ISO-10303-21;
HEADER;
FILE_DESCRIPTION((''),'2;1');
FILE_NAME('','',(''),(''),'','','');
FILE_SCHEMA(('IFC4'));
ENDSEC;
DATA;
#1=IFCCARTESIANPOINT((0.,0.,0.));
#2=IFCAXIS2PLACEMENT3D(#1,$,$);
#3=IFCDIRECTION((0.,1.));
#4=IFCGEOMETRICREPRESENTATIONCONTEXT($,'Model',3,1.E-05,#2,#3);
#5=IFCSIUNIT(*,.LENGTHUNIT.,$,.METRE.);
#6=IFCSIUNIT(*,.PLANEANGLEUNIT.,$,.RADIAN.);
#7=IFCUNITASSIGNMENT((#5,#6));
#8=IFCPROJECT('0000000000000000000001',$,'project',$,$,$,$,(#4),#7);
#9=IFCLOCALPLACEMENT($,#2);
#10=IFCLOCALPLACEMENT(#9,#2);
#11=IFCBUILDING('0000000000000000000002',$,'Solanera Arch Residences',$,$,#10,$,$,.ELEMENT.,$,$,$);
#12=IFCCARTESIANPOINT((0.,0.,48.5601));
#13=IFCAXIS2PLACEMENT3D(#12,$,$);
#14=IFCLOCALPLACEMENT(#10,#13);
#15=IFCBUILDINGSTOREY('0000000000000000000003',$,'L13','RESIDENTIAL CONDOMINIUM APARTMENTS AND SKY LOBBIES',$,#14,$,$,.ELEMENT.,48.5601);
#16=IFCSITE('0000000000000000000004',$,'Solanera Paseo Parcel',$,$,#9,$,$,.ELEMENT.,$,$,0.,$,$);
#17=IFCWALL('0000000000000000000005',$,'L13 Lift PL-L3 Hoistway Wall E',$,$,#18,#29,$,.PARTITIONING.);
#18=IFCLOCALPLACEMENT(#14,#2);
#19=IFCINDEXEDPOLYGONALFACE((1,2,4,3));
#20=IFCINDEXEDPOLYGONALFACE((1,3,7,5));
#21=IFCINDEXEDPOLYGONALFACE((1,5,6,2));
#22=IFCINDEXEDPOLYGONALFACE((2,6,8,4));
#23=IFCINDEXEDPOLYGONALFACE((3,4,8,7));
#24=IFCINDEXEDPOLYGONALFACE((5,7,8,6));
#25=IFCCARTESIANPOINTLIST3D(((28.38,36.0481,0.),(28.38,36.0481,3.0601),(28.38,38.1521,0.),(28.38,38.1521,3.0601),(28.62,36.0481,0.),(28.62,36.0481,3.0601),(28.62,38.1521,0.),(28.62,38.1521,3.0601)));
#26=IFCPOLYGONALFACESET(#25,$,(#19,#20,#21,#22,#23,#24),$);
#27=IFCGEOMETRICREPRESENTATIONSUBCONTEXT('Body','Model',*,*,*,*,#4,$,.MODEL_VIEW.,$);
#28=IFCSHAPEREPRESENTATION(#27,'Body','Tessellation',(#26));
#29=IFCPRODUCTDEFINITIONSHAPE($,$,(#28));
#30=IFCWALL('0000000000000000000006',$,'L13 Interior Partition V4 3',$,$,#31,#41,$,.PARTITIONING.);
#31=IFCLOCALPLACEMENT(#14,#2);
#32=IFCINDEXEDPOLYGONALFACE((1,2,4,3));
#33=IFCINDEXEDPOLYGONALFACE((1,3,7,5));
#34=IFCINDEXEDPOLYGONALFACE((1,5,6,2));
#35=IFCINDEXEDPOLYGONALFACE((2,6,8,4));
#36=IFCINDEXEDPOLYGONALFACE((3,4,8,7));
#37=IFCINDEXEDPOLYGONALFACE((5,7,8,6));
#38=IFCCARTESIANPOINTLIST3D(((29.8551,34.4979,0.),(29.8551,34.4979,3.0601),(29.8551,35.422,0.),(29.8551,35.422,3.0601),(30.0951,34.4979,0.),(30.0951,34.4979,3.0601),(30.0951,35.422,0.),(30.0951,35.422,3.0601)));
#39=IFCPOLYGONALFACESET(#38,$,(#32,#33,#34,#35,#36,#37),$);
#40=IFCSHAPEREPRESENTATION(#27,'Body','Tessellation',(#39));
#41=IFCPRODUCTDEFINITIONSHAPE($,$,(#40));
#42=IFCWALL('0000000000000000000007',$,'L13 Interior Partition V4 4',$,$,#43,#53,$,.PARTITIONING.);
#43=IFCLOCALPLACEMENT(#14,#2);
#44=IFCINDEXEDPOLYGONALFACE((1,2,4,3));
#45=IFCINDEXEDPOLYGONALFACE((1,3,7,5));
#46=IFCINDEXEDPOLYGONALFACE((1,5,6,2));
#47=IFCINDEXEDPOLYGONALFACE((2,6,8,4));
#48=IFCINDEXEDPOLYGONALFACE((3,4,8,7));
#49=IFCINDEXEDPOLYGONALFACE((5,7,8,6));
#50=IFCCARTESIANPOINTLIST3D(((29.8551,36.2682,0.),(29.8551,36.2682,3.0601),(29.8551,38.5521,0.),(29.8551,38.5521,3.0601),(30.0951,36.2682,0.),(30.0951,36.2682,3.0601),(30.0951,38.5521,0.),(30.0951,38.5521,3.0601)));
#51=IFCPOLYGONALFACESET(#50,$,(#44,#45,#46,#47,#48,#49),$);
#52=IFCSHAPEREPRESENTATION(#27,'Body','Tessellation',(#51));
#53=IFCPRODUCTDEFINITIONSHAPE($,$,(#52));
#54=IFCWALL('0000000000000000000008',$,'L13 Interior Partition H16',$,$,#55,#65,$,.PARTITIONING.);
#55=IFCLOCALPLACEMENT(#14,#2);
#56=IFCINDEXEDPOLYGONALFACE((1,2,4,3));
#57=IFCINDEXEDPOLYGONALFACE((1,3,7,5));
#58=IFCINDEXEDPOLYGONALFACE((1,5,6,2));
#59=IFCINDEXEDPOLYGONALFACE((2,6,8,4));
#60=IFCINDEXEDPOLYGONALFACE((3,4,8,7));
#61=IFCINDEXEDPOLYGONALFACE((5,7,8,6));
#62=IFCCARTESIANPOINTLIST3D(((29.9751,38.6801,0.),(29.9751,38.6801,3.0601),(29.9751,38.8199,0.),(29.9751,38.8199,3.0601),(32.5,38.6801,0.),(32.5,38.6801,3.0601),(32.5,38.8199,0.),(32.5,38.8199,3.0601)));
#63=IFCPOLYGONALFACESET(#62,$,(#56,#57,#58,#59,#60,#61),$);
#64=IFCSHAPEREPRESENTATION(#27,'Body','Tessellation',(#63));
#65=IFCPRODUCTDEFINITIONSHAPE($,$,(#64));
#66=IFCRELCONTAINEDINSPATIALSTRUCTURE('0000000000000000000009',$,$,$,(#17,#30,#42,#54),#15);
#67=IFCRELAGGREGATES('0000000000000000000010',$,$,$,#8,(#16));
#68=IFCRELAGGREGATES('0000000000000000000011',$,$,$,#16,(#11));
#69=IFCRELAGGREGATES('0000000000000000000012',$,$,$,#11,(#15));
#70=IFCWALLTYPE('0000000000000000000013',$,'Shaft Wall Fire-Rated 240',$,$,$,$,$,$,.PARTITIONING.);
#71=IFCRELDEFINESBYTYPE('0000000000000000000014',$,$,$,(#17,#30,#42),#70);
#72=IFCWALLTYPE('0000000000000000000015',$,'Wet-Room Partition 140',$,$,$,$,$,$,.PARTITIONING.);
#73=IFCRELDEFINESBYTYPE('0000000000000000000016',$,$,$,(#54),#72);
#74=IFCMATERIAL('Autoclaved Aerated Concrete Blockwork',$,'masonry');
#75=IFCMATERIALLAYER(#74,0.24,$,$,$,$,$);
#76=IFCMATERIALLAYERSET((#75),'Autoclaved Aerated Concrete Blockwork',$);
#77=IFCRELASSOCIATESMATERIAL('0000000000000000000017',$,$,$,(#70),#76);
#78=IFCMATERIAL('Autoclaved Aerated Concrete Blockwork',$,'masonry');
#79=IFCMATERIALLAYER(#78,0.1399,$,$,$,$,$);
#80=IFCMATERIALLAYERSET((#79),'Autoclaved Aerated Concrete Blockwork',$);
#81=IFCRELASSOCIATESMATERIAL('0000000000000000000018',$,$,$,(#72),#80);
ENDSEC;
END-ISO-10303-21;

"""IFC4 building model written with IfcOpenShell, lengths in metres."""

from ifc_helpers import new_model, si_unit, direction, frame, frame_2d, origin, place, context, subcontext, project, spatial, rectangle, extrude, material, layer, layer_set, type_object, element, save


model = new_model("IFC4")

# Units and contexts
model_context = context("Model", 3, precision=1e-05, world=origin(), true_north=direction((0.0, 1.0)))
body_context = subcontext(model_context, "Body", "Model", "MODEL_VIEW")
ifc_project = project(units=[si_unit("LENGTHUNIT", "METRE"), si_unit("PLANEANGLEUNIT", "RADIAN")], contexts=[model_context])

# Site, building, storey
site_placement = place(None, origin())
site = spatial("IfcSite", under=ifc_project, at=site_placement, Name="Solanera Paseo Parcel", CompositionType="ELEMENT", RefElevation=0.0)
building_placement = place(site_placement, origin())
building = spatial("IfcBuilding", under=site, at=building_placement, Name="Solanera Arch Residences", CompositionType="ELEMENT")
storey_placement = place(building_placement, frame((0.0, 0.0, 48.5601)))
storey = spatial("IfcBuildingStorey", under=building, at=storey_placement, Name="L13", Description="RESIDENTIAL CONDOMINIUM APARTMENTS AND SKY LOBBIES", CompositionType="ELEMENT", Elevation=48.5601)

# Wall
ifc_material_1 = material(Name="Autoclaved Aerated Concrete Blockwork", Category="masonry")
ifc_layer_1 = layer(ifc_material_1, 0.24)
ifc_layer_set_1 = layer_set([ifc_layer_1], Name="Autoclaved Aerated Concrete Blockwork")
wall_type_1 = type_object("IfcWallType", Name="Shaft Wall Fire-Rated 240", PredefinedType="PARTITIONING", material=ifc_layer_set_1)
for number, where, z_axis, x_axis, name in (
    (1, (28.5, 36.0481, 0.0), (0.0, 0.0, 1.0), (0.0, 1.0, 0.0), "L13 Lift PL-L3 Hoistway Wall E"),
):
    element("IfcWall", number, at=place(storey_placement, frame(where, z_axis=z_axis, x_axis=x_axis)), inside=storey, type_object=wall_type_1, Name=name, PredefinedType="PARTITIONING", context=body_context, shape_type="SweptSolid", body=[
        extrude(rectangle(XDim=2.104, YDim=0.24, at=frame_2d((1.052, 0.0))), origin(), (0.0, 0.0, 1.0), 3.0601),
    ])

# Walls
wall_1_placement = place(storey_placement, frame((29.9751, 34.498, 0.0), z_axis=(0.0, 0.0, 1.0), x_axis=(0.0, 1.0, 0.0)))
element("IfcWall", 2, at=wall_1_placement, inside=storey, type_object=wall_type_1, Name="L13 Interior Partition V4 3", PredefinedType="PARTITIONING", context=body_context, shape_type="SweptSolid", body=[
    extrude(rectangle(XDim=0.9241, YDim=0.24, at=frame_2d((0.4619, 0.0))), origin(), (0.0, 0.0, 1.0), 3.0601),
])
wall_2_placement = place(storey_placement, frame((29.9751, 36.2681, 0.0), z_axis=(0.0, 0.0, 1.0), x_axis=(0.0, 1.0, 0.0)))
element("IfcWall", 3, at=wall_2_placement, inside=storey, type_object=wall_type_1, Name="L13 Interior Partition V4 4", PredefinedType="PARTITIONING", context=body_context, shape_type="SweptSolid", body=[
    extrude(rectangle(XDim=2.2839, YDim=0.24, at=frame_2d((1.1421, 0.0))), origin(), (0.0, 0.0, 1.0), 3.0601),
])
ifc_material_2 = material(Name="Autoclaved Aerated Concrete Blockwork", Category="masonry")
ifc_layer_2 = layer(ifc_material_2, 0.1399)
ifc_layer_set_2 = layer_set([ifc_layer_2], Name="Autoclaved Aerated Concrete Blockwork")
wall_type_2 = type_object("IfcWallType", Name="Wet-Room Partition 140", PredefinedType="PARTITIONING", material=ifc_layer_set_2)
wall_3_placement = place(storey_placement, frame((29.9751, 38.75, 0.0), z_axis=(0.0, 0.0, 1.0), x_axis=(1.0, 0.0, 0.0)))
element("IfcWall", 4, at=wall_3_placement, inside=storey, type_object=wall_type_2, Name="L13 Interior Partition H16", PredefinedType="PARTITIONING", context=body_context, shape_type="SweptSolid", body=[
    extrude(rectangle(XDim=2.5249, YDim=0.1399, at=frame_2d((1.2625, 0.0))), origin(), (0.0, 0.0, 1.0), 3.0601),
])

save(model, "model.ifc")
